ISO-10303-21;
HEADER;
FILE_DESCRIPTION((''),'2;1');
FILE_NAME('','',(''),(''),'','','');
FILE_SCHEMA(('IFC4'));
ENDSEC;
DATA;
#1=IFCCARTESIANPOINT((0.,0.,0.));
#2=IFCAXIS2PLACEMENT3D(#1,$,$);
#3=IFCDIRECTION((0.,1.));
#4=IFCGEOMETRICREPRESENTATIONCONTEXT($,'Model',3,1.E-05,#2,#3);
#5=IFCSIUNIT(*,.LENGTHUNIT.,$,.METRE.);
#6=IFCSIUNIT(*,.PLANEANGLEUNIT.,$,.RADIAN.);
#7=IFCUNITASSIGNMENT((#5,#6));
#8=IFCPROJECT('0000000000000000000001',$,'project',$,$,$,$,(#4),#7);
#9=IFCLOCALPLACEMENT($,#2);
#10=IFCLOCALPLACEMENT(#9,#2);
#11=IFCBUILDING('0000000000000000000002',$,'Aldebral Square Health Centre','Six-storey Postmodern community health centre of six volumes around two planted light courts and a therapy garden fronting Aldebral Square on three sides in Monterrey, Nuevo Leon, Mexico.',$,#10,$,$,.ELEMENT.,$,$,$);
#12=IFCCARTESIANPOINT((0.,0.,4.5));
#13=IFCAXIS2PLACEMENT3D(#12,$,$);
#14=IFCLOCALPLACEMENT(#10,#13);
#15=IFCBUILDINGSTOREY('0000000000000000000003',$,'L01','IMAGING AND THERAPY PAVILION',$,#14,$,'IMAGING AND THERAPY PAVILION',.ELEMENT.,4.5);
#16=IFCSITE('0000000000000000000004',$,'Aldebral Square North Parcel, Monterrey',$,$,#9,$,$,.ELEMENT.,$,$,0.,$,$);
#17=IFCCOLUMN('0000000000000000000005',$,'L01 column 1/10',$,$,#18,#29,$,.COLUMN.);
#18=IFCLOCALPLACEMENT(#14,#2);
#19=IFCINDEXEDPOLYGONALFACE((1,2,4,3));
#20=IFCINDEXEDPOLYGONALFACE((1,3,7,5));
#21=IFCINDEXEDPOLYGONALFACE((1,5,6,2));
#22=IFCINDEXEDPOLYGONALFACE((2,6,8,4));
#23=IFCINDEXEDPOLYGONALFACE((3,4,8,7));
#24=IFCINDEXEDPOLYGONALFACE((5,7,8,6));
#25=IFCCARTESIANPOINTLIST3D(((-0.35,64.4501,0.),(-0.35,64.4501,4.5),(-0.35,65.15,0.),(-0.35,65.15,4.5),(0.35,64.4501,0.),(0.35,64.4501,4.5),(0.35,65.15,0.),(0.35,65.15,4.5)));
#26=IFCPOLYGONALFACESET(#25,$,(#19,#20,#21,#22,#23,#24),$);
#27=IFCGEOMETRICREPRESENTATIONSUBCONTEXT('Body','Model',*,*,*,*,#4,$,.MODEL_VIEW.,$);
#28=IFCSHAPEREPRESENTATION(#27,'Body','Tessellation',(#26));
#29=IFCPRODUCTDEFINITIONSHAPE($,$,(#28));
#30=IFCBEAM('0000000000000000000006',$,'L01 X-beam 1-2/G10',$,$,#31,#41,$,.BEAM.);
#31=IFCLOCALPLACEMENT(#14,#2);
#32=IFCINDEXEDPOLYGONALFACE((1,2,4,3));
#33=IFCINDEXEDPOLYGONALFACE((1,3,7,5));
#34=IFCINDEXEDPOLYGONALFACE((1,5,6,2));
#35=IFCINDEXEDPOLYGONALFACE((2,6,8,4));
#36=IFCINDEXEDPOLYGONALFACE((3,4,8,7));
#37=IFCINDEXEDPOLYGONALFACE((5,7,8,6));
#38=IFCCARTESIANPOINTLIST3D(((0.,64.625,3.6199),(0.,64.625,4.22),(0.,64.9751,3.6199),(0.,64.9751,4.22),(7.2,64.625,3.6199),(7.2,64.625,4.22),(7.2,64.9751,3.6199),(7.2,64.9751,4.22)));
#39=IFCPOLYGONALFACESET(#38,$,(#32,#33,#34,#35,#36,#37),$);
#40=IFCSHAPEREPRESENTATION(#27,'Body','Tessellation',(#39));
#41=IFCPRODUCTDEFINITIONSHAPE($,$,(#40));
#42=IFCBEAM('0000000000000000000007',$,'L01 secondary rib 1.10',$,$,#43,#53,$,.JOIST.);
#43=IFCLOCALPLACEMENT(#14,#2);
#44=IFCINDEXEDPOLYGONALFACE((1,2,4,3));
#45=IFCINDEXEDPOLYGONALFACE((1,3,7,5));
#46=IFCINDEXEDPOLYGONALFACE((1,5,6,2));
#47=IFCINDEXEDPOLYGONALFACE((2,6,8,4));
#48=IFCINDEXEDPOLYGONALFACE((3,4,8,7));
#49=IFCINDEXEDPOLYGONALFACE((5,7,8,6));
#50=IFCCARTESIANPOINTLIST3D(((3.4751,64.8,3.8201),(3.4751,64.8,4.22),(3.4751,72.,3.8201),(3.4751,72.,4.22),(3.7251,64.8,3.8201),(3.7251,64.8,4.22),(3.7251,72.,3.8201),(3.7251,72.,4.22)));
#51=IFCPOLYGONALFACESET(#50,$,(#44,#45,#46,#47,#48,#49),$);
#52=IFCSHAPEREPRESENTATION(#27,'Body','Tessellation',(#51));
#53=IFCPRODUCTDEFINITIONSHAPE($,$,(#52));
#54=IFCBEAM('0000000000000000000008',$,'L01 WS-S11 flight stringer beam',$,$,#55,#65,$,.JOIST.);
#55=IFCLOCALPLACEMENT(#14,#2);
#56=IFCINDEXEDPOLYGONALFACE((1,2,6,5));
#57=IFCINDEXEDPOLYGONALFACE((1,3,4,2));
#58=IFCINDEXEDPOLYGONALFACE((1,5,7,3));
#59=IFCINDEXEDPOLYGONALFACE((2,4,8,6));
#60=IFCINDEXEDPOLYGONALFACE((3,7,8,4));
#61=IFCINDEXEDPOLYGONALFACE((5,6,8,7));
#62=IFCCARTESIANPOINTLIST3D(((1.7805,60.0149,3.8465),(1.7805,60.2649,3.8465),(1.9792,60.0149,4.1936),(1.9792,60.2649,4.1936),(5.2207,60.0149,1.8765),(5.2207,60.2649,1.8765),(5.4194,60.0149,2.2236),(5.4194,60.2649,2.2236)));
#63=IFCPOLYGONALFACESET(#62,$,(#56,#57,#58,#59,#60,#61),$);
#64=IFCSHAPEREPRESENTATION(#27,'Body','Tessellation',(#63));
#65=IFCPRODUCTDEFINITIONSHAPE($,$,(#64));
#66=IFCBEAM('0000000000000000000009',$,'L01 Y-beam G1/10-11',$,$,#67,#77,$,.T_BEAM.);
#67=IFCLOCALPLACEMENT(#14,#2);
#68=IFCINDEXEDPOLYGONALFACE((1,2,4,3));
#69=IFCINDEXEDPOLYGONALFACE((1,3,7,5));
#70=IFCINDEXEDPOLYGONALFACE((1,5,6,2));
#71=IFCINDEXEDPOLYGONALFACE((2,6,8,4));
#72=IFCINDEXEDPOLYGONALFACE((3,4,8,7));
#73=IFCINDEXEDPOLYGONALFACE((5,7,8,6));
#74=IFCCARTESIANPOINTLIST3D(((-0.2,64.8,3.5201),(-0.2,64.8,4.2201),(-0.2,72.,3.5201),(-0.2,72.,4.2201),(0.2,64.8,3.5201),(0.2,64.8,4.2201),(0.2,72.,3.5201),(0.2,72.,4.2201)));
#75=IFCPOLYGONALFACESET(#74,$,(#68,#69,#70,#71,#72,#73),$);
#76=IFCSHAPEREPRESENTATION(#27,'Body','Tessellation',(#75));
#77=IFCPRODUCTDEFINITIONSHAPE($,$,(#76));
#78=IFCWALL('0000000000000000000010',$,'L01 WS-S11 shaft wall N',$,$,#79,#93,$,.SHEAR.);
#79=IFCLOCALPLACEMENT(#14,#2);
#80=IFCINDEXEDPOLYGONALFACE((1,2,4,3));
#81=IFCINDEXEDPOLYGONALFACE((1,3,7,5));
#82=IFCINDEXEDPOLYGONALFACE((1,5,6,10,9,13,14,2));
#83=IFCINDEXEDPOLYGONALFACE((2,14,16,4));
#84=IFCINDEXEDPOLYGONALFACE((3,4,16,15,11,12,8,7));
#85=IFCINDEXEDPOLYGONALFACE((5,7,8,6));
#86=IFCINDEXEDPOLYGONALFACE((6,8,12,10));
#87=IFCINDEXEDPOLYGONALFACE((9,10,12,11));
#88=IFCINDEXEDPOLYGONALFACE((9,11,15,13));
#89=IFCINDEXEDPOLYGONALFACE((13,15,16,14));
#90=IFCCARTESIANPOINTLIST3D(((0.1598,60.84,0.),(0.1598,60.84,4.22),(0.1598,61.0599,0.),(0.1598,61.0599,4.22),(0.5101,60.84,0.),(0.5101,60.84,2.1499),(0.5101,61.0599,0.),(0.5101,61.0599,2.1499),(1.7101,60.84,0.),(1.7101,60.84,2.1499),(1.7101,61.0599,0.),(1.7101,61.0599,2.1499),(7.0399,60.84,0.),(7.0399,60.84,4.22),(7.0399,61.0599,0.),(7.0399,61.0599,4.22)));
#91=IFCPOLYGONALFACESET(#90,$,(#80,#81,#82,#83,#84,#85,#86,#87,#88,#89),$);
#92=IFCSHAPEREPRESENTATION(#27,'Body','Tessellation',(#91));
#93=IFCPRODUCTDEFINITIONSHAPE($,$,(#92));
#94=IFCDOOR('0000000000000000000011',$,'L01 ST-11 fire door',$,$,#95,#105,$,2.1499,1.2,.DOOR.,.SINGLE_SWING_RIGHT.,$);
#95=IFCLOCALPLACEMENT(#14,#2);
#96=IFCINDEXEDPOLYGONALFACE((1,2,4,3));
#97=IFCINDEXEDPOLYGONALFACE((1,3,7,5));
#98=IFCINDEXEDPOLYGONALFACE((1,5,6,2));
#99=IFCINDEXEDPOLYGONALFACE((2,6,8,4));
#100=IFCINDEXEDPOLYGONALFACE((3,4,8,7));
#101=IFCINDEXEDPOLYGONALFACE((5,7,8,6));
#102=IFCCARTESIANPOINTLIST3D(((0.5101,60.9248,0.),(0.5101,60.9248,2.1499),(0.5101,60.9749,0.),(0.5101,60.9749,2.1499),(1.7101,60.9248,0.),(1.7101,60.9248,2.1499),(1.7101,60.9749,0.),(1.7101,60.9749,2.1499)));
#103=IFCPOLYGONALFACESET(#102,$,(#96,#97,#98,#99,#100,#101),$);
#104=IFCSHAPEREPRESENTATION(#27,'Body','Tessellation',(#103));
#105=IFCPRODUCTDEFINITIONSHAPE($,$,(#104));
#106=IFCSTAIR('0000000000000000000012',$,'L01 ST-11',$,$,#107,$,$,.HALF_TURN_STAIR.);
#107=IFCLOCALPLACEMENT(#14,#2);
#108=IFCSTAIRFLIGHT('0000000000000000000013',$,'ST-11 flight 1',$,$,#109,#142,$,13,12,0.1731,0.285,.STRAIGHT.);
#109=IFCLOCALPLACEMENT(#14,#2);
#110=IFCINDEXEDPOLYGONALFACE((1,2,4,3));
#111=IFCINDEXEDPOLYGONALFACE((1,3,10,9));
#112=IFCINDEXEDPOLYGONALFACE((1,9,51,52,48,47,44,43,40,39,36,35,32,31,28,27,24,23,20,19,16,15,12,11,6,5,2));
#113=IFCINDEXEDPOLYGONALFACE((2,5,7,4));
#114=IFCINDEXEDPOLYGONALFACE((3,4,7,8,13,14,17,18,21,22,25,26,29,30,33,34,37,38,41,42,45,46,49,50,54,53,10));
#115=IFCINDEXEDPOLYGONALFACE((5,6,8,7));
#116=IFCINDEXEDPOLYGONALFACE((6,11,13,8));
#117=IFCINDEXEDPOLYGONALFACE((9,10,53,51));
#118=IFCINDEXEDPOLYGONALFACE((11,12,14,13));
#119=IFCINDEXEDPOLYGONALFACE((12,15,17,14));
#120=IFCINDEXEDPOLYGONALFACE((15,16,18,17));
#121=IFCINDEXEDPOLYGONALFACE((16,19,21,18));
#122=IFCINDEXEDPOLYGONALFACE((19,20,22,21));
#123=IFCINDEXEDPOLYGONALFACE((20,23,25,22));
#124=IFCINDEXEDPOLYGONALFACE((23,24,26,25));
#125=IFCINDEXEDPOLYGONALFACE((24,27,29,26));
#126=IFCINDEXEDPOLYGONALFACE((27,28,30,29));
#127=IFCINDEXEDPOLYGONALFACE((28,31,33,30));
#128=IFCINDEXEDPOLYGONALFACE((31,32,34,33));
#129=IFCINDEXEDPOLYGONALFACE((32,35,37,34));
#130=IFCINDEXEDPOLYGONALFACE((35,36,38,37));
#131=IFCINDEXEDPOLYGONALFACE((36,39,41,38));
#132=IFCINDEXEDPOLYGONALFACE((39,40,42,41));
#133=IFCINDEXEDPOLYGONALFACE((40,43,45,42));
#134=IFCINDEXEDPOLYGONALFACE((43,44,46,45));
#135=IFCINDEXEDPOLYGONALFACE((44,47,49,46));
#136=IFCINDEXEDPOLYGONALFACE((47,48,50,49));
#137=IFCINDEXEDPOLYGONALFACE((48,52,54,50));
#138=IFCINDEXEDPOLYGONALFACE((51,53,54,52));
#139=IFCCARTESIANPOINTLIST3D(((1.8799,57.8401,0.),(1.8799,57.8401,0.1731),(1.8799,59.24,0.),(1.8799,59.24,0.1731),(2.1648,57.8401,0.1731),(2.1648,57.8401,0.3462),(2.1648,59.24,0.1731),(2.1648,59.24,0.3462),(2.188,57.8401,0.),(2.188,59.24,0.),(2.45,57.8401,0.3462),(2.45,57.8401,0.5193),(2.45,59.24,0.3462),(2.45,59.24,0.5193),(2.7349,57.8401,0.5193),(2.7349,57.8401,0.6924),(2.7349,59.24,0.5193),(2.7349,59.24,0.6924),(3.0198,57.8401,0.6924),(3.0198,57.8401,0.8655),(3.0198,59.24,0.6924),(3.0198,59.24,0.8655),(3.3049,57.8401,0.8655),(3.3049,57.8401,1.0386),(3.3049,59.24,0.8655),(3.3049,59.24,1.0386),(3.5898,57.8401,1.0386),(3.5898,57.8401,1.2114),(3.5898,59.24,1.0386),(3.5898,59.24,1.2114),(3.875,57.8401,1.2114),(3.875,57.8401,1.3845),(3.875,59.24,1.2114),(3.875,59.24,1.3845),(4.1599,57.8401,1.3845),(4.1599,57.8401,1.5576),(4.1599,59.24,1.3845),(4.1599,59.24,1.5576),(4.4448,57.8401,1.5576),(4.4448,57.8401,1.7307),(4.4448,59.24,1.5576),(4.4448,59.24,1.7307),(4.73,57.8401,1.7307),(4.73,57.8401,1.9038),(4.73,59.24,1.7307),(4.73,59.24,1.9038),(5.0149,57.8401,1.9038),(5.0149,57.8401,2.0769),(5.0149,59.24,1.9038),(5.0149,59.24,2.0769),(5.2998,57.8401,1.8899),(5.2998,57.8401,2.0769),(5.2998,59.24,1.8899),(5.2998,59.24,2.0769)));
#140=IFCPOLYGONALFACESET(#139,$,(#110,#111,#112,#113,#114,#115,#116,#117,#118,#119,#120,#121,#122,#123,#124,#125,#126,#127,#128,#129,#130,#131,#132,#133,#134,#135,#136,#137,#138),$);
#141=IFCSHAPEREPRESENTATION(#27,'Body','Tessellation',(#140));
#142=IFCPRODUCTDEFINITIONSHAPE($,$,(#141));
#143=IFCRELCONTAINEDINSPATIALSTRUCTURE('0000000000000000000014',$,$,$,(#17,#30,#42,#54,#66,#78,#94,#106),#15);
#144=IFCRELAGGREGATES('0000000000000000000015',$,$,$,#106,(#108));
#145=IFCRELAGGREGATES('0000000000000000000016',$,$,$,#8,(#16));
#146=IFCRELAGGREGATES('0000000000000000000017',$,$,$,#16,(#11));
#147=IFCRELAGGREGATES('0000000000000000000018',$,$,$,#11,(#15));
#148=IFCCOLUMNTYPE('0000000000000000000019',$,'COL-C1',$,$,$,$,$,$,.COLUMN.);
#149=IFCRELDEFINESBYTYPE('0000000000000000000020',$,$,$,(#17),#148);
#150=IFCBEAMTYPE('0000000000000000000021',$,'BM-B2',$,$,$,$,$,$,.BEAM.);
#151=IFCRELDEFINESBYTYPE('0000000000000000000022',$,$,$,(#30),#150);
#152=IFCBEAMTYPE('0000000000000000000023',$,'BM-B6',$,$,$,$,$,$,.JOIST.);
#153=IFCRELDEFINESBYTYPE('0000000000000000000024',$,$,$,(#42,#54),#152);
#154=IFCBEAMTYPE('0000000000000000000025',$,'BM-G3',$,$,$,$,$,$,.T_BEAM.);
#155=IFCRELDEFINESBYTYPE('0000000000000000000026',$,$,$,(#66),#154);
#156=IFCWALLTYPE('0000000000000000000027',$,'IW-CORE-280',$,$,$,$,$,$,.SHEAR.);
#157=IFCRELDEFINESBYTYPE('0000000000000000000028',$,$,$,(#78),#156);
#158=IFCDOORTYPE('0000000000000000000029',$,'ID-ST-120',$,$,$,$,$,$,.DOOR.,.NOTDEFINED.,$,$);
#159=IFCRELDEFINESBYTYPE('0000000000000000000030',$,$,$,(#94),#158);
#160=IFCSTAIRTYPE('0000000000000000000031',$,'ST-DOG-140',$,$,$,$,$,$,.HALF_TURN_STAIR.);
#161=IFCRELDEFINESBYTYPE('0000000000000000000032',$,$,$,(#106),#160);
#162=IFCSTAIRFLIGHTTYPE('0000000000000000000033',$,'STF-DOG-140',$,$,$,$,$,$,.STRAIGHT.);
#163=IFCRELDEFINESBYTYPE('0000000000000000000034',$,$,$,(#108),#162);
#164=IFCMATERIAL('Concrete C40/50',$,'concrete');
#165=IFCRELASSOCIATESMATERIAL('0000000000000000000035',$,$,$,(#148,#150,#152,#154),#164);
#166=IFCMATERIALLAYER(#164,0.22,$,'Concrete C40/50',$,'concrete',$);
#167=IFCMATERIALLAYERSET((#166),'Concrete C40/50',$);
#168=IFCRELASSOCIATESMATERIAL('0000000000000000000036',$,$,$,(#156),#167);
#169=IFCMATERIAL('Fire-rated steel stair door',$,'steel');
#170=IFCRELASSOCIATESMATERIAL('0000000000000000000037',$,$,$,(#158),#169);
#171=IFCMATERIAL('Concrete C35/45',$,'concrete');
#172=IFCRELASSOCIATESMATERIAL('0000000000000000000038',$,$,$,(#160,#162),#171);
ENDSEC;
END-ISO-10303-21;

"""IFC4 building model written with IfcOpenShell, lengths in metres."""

from ifc_helpers import new_model, si_unit, direction, frame, frame_2d, origin, origin_2d, place, context, subcontext, project, spatial, polyline, rectangle, outline, extrude, material, layer, layer_set, material_profile, profile_set, type_object, element, fill, aggregate, save


model = new_model("IFC4")

# Units and contexts
model_context = context("Model", 3, precision=1e-05, world=origin(), true_north=direction((0.0, 1.0)))
body_context = subcontext(model_context, "Body", "Model", "MODEL_VIEW")
ifc_project = project(units=[si_unit("LENGTHUNIT", "METRE"), si_unit("PLANEANGLEUNIT", "RADIAN")], contexts=[model_context])

# Site, building, storey
site_placement = place(None, origin())
site = spatial("IfcSite", under=ifc_project, at=site_placement, Name="Aldebral Square North Parcel, Monterrey", CompositionType="ELEMENT", RefElevation=0.0)
building_placement = place(site_placement, origin())
building = spatial("IfcBuilding", under=site, at=building_placement, Name="Aldebral Square Health Centre", Description="Six-storey Postmodern community health centre of six volumes around two planted light courts and a therapy garden fronting Aldebral Square on three sides in Monterrey, Nuevo Leon, Mexico.", CompositionType="ELEMENT")
storey_placement = place(building_placement, frame((0.0, 0.0, 4.5)))
storey = spatial("IfcBuildingStorey", under=building, at=storey_placement, Name="L01", Description="IMAGING AND THERAPY PAVILION", LongName="IMAGING AND THERAPY PAVILION", CompositionType="ELEMENT", Elevation=4.5)

# Column
ifc_material_1 = material(Name="Concrete C40/50", Category="concrete")
ifc_material_profile_1 = material_profile(ifc_material_1, rectangle(XDim=0.7, YDim=0.7, at=origin_2d()), Name="RC 700x700")
ifc_profile_set_1 = profile_set([ifc_material_profile_1], Name="Concrete C40/50")
column_type = type_object("IfcColumnType", Name="COL-C1", PredefinedType="COLUMN", material=ifc_profile_set_1)
column_placement = place(storey_placement, frame((0.0, 64.8, 0.0), z_axis=(0.0, 0.0, 1.0), x_axis=(1.0, 0.0, 0.0)))
element("IfcColumn", 1, at=column_placement, inside=storey, type_object=column_type, Name="L01 column 1/10", PredefinedType="COLUMN", context=body_context, shape_type="SweptSolid", body=[
    extrude(rectangle(XDim=0.7, YDim=0.7, at=origin_2d()), origin(), (0.0, 0.0, 1.0), 4.5),
])

# Beams
ifc_material_profile_2 = material_profile(ifc_material_1, rectangle(XDim=0.3501, YDim=0.6001, at=origin_2d()), Name="RC 350x600")
ifc_profile_set_2 = profile_set([ifc_material_profile_2], Name="Concrete C40/50")
beam_type_1 = type_object("IfcBeamType", Name="BM-B2", PredefinedType="BEAM", material=ifc_profile_set_2)
beam_1_placement = place(storey_placement, frame((0.0, 64.8, 3.9199), z_axis=(1.0, 0.0, 0.0), x_axis=(0.0, 1.0, 0.0)))
element("IfcBeam", 2, at=beam_1_placement, inside=storey, type_object=beam_type_1, Name="L01 X-beam 1-2/G10", PredefinedType="BEAM", context=body_context, shape_type="SweptSolid", body=[
    extrude(rectangle(XDim=0.3501, YDim=0.6001, at=origin_2d()), origin(), (0.0, 0.0, 1.0), 7.2),
])
ifc_material_profile_3 = material_profile(ifc_material_1, rectangle(XDim=0.25, YDim=0.3999, at=origin_2d()), Name="RC 250x400")
ifc_profile_set_3 = profile_set([ifc_material_profile_3], Name="Concrete C40/50")
beam_type_2 = type_object("IfcBeamType", Name="BM-B6", PredefinedType="JOIST", material=ifc_profile_set_3)
beam_2_placement = place(storey_placement, frame((3.6001, 64.8, 4.02), z_axis=(0.0, 1.0, 0.0), x_axis=(-1.0, 0.0, 0.0)))
element("IfcBeam", 3, at=beam_2_placement, inside=storey, type_object=beam_type_2, Name="L01 secondary rib 1.10", PredefinedType="JOIST", context=body_context, shape_type="SweptSolid", body=[
    extrude(rectangle(XDim=0.25, YDim=0.3999, at=origin_2d()), origin(), (0.0, 0.0, 1.0), 7.2),
])
beam_3_placement = place(storey_placement, frame((5.3201, 60.1399, 2.05), z_axis=(-0.867792, 0.0, 0.496928), x_axis=(0.0, -1.0, 0.0)))
element("IfcBeam", 4, at=beam_3_placement, inside=storey, type_object=beam_type_2, Name="L01 WS-S11 flight stringer beam", PredefinedType="JOIST", context=body_context, shape_type="SweptSolid", body=[
    extrude(rectangle(XDim=0.25, YDim=0.3999, at=origin_2d()), origin(), (0.0, 0.0, 1.0), 3.9644),
])
ifc_material_profile_4 = material_profile(ifc_material_1, rectangle(XDim=0.3999, YDim=0.7, at=origin_2d()), Name="RC 400x700")
ifc_profile_set_4 = profile_set([ifc_material_profile_4], Name="Concrete C40/50")
beam_type_3 = type_object("IfcBeamType", Name="BM-G3", PredefinedType="T_BEAM", material=ifc_profile_set_4)
beam_4_placement = place(storey_placement, frame((0.0, 64.8, 3.8701), z_axis=(0.0, 1.0, 0.0), x_axis=(-1.0, 0.0, 0.0)))
element("IfcBeam", 5, at=beam_4_placement, inside=storey, type_object=beam_type_3, Name="L01 Y-beam G1/10-11", PredefinedType="T_BEAM", context=body_context, shape_type="SweptSolid", body=[
    extrude(rectangle(XDim=0.3999, YDim=0.7, at=origin_2d()), origin(), (0.0, 0.0, 1.0), 7.2),
])

# Wall, opening, door
ifc_layer_1 = layer(ifc_material_1, 0.22, Name="Concrete C40/50", Category="concrete")
ifc_layer_set_1 = layer_set([ifc_layer_1], Name="Concrete C40/50")
wall_type_1 = type_object("IfcWallType", Name="IW-CORE-280", PredefinedType="SHEAR", material=ifc_layer_set_1)
wall_1_placement = place(storey_placement, frame((0.1599, 60.95, 0.0), z_axis=(0.0, 0.0, 1.0), x_axis=(1.0, 0.0, 0.0)))
wall_1 = element("IfcWall", 6, at=wall_1_placement, inside=storey, type_object=wall_type_1, Name="L01 WS-S11 shaft wall N", PredefinedType="SHEAR", context=body_context, shape_type="SweptSolid", body=[
    extrude(rectangle(XDim=6.8801, YDim=0.22, at=frame_2d((3.4399, 0.0))), origin(), (0.0, 0.0, 1.0), 4.22),
])
opening_1_placement = place(wall_1_placement, frame((0.3501, 0.0, 0.0)))
opening_1 = element("IfcOpeningElement", 7, at=opening_1_placement, cuts=wall_1, PredefinedType="OPENING", context=body_context, shape_type="SweptSolid", body=[
    extrude(rectangle(XDim=1.2, YDim=2.1499, at=frame_2d((0.6001, 1.075))), frame((0.0, 0.1201, 0.0), z_axis=(0.0, -1.0, 0.0), x_axis=(1.0, 0.0, 0.0)), (0.0, 0.0, 1.0), 0.24),
])
ifc_material_2 = material(Name="Fire-rated steel stair door", Category="steel")
door_type_1 = type_object("IfcDoorType", Name="ID-ST-120", OperationType="NOTDEFINED", PredefinedType="DOOR", material=ifc_material_2)
door_1_placement = place(opening_1_placement, origin())
door_1 = element("IfcDoor", 8, at=door_1_placement, inside=storey, type_object=door_type_1, Name="L01 ST-11 fire door", OperationType="SINGLE_SWING_RIGHT", OverallHeight=2.1499, OverallWidth=1.2, PredefinedType="DOOR", context=body_context, shape_type="SweptSolid", body=[
    extrude(rectangle(XDim=1.2, YDim=2.1499, at=frame_2d((0.6001, 1.075))), frame((0.0, 0.0249, 0.0), z_axis=(0.0, -1.0, 0.0), x_axis=(1.0, 0.0, 0.0)), (0.0, 0.0, 1.0), 0.05),
])
fill(opening_1, door_1)

# Stair, stair flight
ifc_material_3 = material(Name="Concrete C35/45", Category="concrete")
stair_type = type_object("IfcStairType", Name="ST-DOG-140", PredefinedType="HALF_TURN_STAIR", material=ifc_material_3)
stair_placement = place(storey_placement, origin())
stair = element("IfcStair", 9, at=stair_placement, inside=storey, type_object=stair_type, Name="L01 ST-11", PredefinedType="HALF_TURN_STAIR")
stair_flight_type = type_object("IfcStairFlightType", Name="STF-DOG-140", PredefinedType="STRAIGHT", material=ifc_material_3)
stair_flight_1_placement = place(storey_placement, frame((1.8799, 58.54, 0.0), z_axis=(0.0, 0.0, 1.0), x_axis=(1.0, 0.0, 0.0)))
stair_flight_1 = element("IfcStairFlight", 10, at=stair_flight_1_placement, type_object=stair_flight_type, Name="ST-11 flight 1", NumberOfRisers=13, NumberOfTreads=12, PredefinedType="STRAIGHT", RiserHeight=0.1731, TreadLength=0.285, context=body_context, shape_type="SweptSolid", body=[
    extrude(outline(polyline([(0.0, 0.0), (0.0, 0.1731), (0.2849, 0.1731), (0.2849, 0.3462), (0.5701, 0.3462), (0.5701, 0.5193), (0.855, 0.5193), (0.855, 0.6924), (1.1399, 0.6924), (1.1399, 0.8655), (1.425, 0.8655), (1.425, 1.0386), (1.71, 1.0386), (1.71, 1.2114), (1.9951, 1.2114), (1.9951, 1.3845), (2.28, 1.3845), (2.28, 1.5576), (2.5649, 1.5576), (2.5649, 1.7307), (2.8501, 1.7307), (2.8501, 1.9038), (3.135, 1.9038), (3.135, 2.0769), (3.4199, 2.0769), (3.4199, 2.25), (3.4199, 1.8899), (0.3081, 0.0), (0.0, 0.0)])), frame((0.0, 0.7, 0.0), z_axis=(0.0, -1.0, 0.0), x_axis=(1.0, 0.0, 0.0)), (0.0, 0.0, 1.0), 1.3999),
])
aggregate(stair, [stair_flight_1])

save(model, "model.ifc")
